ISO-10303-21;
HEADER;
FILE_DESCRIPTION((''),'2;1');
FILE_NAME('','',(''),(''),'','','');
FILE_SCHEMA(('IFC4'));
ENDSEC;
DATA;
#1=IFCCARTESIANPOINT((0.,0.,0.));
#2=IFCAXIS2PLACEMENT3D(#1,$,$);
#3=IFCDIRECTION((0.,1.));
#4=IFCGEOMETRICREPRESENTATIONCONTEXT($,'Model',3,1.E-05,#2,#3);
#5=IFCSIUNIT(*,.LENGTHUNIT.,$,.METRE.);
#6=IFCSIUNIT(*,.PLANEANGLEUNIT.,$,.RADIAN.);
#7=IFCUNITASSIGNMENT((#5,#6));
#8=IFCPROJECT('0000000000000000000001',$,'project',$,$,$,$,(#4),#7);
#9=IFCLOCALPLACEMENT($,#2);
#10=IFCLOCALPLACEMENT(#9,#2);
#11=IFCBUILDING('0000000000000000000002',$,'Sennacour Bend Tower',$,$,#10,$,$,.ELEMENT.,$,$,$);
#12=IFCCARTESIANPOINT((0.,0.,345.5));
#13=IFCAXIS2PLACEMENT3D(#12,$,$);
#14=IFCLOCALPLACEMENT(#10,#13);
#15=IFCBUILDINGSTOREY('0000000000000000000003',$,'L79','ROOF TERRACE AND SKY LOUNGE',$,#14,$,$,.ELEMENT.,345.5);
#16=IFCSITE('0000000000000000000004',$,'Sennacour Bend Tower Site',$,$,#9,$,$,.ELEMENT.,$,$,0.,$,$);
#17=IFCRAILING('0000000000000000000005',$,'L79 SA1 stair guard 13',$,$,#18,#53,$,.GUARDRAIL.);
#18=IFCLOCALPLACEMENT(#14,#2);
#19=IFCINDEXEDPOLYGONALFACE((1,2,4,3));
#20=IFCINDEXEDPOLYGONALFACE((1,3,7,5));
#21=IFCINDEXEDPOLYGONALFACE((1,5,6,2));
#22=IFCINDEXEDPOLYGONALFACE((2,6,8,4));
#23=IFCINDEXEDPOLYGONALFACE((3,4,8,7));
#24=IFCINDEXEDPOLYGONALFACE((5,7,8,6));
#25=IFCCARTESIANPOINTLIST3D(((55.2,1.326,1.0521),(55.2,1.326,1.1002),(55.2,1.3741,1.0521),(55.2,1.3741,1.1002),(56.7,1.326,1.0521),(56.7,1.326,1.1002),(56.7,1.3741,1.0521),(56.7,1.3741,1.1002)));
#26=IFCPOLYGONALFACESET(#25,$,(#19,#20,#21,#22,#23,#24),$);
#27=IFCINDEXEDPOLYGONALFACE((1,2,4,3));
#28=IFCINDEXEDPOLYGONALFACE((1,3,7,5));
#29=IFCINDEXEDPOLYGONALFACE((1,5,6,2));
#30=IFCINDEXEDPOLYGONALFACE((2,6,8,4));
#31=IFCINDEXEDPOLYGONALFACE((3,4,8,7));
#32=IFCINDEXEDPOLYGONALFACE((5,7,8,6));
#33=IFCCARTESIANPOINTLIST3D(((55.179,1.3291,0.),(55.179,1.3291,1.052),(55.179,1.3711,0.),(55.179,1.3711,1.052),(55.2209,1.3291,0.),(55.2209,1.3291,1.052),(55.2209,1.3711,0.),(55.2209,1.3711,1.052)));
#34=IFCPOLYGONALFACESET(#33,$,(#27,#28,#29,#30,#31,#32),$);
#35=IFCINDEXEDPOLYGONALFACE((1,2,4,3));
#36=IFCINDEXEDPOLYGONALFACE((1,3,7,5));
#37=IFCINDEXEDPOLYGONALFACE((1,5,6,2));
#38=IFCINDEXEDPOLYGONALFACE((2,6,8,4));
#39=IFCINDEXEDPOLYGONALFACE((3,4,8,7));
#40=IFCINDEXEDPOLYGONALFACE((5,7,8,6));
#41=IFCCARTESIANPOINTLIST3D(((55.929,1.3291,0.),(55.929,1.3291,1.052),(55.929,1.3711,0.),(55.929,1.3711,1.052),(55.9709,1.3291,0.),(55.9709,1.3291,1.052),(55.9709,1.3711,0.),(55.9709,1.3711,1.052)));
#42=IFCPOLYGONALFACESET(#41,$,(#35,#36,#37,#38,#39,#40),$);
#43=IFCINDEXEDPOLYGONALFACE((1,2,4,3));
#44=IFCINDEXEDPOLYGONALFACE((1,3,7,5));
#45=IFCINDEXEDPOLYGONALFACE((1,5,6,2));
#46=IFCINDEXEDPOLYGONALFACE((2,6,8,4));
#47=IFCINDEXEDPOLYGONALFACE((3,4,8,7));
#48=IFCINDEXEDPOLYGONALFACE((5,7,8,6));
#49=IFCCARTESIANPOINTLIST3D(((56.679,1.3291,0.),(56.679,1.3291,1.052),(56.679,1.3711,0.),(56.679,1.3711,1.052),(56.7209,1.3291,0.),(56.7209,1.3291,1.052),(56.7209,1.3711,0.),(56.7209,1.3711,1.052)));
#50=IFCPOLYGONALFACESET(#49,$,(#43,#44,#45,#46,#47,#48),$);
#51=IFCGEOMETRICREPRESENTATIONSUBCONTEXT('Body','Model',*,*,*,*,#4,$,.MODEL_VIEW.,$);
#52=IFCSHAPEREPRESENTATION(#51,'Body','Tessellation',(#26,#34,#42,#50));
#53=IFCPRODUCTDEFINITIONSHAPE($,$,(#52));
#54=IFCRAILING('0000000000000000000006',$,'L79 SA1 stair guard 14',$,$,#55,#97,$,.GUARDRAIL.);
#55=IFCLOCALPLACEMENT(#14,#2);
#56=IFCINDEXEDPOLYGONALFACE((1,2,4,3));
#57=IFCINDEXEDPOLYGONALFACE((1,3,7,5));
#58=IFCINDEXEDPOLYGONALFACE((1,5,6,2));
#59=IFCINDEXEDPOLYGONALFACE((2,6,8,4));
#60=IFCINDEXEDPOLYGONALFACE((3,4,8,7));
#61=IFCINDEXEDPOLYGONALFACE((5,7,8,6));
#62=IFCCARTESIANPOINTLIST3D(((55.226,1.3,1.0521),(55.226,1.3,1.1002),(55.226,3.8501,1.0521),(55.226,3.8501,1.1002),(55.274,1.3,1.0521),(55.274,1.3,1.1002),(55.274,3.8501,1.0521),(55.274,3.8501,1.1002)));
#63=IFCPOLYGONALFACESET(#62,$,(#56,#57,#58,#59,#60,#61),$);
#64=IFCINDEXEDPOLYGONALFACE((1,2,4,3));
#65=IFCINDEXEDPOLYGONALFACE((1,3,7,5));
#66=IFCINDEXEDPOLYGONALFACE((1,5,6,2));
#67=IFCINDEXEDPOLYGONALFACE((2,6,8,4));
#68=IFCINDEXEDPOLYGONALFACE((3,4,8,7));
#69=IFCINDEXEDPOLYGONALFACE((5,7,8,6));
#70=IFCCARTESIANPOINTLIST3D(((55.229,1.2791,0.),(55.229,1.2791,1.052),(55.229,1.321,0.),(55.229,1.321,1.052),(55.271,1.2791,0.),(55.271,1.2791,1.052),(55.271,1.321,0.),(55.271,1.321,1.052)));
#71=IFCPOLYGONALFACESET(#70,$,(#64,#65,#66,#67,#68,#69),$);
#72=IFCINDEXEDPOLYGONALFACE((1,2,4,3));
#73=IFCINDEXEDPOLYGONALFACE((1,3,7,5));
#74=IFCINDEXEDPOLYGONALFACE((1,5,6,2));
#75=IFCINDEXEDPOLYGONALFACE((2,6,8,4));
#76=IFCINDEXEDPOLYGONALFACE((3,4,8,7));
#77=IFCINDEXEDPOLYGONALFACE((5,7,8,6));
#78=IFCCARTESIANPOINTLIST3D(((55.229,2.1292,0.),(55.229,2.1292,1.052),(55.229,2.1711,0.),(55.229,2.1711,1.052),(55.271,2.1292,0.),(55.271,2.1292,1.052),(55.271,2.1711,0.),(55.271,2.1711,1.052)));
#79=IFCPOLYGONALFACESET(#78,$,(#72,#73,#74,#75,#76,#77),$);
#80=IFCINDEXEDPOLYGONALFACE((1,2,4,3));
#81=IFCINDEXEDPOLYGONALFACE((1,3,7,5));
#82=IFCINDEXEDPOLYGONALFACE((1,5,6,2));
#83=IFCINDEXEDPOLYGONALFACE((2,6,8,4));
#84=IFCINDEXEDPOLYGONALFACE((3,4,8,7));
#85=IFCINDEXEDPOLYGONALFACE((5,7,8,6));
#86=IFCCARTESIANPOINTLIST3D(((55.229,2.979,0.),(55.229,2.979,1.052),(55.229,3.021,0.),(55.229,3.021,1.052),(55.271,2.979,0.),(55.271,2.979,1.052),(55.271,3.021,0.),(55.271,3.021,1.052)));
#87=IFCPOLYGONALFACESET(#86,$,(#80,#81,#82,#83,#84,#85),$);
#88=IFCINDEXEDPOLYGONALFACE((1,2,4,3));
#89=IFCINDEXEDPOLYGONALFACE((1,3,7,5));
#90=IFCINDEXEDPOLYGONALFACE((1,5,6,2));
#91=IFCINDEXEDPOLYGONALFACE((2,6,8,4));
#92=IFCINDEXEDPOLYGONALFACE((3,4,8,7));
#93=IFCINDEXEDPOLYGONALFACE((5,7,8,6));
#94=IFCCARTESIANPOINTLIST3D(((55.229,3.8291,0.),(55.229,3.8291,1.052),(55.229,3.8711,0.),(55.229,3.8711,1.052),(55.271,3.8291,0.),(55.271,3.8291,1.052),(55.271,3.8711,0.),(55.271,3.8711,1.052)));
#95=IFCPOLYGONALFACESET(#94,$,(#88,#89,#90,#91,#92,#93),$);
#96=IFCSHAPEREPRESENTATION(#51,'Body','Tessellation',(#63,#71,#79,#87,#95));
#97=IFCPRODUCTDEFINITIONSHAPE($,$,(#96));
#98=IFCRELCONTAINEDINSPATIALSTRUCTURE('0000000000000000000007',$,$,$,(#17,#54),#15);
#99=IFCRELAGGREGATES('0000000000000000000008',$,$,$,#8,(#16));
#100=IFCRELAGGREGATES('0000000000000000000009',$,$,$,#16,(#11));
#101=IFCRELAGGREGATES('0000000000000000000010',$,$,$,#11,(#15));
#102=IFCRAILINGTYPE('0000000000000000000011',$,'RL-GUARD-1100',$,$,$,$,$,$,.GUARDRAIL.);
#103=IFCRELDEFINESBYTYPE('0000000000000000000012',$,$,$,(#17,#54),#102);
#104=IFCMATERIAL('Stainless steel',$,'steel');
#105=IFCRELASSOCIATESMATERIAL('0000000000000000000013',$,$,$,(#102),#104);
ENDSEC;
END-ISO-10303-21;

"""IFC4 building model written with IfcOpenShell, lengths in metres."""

from ifc_helpers import new_model, si_unit, direction, frame, origin, origin_2d, place, context, subcontext, project, spatial, rectangle, extrude, material, type_object, element, save


model = new_model("IFC4")

# Units and contexts
model_context = context("Model", 3, precision=1e-05, world=origin(), true_north=direction((0.0, 1.0)))
body_context = subcontext(model_context, "Body", "Model", "MODEL_VIEW")
ifc_project = project(units=[si_unit("LENGTHUNIT", "METRE"), si_unit("PLANEANGLEUNIT", "RADIAN")], contexts=[model_context])

# Site, building, storey
site_placement = place(None, origin())
site = spatial("IfcSite", under=ifc_project, at=site_placement, Name="Sennacour Bend Tower Site", CompositionType="ELEMENT", RefElevation=0.0)
building_placement = place(site_placement, origin())
building = spatial("IfcBuilding", under=site, at=building_placement, Name="Sennacour Bend Tower", CompositionType="ELEMENT")
storey_placement = place(building_placement, frame((0.0, 0.0, 345.5)))
storey = spatial("IfcBuildingStorey", under=building, at=storey_placement, Name="L79", Description="ROOF TERRACE AND SKY LOUNGE", CompositionType="ELEMENT", Elevation=345.5)

# Railings
ifc_material_1 = material(Name="Stainless steel", Category="steel")
railing_type = type_object("IfcRailingType", Name="RL-GUARD-1100", PredefinedType="GUARDRAIL", material=ifc_material_1)
railing_1_placement = place(storey_placement, frame((55.2, 1.3501, 0.0)))
element("IfcRailing", 1, at=railing_1_placement, inside=storey, type_object=railing_type, Name="L79 SA1 stair guard 13", PredefinedType="GUARDRAIL", context=body_context, shape_type="SweptSolid", body=[
    extrude(rectangle(XDim=0.0481, YDim=0.0481, at=origin_2d()), frame((0.0, 0.0, 1.0762), z_axis=(1.0, 0.0, 0.0), x_axis=(0.0, 1.0, 0.0)), (0.0, 0.0, 1.0), 1.5),
    extrude(rectangle(XDim=0.042, YDim=0.042, at=origin_2d()), origin(), (0.0, 0.0, 1.0), 1.052),
    extrude(rectangle(XDim=0.042, YDim=0.042, at=origin_2d()), frame((0.75, 0.0, 0.0)), (0.0, 0.0, 1.0), 1.052),
    extrude(rectangle(XDim=0.042, YDim=0.042, at=origin_2d()), frame((1.5, 0.0, 0.0)), (0.0, 0.0, 1.0), 1.052),
])
railing_2_placement = place(storey_placement, frame((55.25, 1.3, 0.0)))
element("IfcRailing", 2, at=railing_2_placement, inside=storey, type_object=railing_type, Name="L79 SA1 stair guard 14", PredefinedType="GUARDRAIL", context=body_context, shape_type="SweptSolid", body=[
    extrude(rectangle(XDim=0.0481, YDim=0.0481, at=origin_2d()), frame((0.0, 0.0, 1.0762), z_axis=(0.0, 1.0, 0.0), x_axis=(-1.0, 0.0, 0.0)), (0.0, 0.0, 1.0), 2.55),
    extrude(rectangle(XDim=0.042, YDim=0.042, at=origin_2d()), origin(), (0.0, 0.0, 1.0), 1.052),
    extrude(rectangle(XDim=0.042, YDim=0.042, at=origin_2d()), frame((0.0, 0.8501, 0.0)), (0.0, 0.0, 1.0), 1.052),
    extrude(rectangle(XDim=0.042, YDim=0.042, at=origin_2d()), frame((0.0, 1.7, 0.0)), (0.0, 0.0, 1.0), 1.052),
    extrude(rectangle(XDim=0.042, YDim=0.042, at=origin_2d()), frame((0.0, 2.55, 0.0)), (0.0, 0.0, 1.0), 1.052),
])

save(model, "model.ifc")
